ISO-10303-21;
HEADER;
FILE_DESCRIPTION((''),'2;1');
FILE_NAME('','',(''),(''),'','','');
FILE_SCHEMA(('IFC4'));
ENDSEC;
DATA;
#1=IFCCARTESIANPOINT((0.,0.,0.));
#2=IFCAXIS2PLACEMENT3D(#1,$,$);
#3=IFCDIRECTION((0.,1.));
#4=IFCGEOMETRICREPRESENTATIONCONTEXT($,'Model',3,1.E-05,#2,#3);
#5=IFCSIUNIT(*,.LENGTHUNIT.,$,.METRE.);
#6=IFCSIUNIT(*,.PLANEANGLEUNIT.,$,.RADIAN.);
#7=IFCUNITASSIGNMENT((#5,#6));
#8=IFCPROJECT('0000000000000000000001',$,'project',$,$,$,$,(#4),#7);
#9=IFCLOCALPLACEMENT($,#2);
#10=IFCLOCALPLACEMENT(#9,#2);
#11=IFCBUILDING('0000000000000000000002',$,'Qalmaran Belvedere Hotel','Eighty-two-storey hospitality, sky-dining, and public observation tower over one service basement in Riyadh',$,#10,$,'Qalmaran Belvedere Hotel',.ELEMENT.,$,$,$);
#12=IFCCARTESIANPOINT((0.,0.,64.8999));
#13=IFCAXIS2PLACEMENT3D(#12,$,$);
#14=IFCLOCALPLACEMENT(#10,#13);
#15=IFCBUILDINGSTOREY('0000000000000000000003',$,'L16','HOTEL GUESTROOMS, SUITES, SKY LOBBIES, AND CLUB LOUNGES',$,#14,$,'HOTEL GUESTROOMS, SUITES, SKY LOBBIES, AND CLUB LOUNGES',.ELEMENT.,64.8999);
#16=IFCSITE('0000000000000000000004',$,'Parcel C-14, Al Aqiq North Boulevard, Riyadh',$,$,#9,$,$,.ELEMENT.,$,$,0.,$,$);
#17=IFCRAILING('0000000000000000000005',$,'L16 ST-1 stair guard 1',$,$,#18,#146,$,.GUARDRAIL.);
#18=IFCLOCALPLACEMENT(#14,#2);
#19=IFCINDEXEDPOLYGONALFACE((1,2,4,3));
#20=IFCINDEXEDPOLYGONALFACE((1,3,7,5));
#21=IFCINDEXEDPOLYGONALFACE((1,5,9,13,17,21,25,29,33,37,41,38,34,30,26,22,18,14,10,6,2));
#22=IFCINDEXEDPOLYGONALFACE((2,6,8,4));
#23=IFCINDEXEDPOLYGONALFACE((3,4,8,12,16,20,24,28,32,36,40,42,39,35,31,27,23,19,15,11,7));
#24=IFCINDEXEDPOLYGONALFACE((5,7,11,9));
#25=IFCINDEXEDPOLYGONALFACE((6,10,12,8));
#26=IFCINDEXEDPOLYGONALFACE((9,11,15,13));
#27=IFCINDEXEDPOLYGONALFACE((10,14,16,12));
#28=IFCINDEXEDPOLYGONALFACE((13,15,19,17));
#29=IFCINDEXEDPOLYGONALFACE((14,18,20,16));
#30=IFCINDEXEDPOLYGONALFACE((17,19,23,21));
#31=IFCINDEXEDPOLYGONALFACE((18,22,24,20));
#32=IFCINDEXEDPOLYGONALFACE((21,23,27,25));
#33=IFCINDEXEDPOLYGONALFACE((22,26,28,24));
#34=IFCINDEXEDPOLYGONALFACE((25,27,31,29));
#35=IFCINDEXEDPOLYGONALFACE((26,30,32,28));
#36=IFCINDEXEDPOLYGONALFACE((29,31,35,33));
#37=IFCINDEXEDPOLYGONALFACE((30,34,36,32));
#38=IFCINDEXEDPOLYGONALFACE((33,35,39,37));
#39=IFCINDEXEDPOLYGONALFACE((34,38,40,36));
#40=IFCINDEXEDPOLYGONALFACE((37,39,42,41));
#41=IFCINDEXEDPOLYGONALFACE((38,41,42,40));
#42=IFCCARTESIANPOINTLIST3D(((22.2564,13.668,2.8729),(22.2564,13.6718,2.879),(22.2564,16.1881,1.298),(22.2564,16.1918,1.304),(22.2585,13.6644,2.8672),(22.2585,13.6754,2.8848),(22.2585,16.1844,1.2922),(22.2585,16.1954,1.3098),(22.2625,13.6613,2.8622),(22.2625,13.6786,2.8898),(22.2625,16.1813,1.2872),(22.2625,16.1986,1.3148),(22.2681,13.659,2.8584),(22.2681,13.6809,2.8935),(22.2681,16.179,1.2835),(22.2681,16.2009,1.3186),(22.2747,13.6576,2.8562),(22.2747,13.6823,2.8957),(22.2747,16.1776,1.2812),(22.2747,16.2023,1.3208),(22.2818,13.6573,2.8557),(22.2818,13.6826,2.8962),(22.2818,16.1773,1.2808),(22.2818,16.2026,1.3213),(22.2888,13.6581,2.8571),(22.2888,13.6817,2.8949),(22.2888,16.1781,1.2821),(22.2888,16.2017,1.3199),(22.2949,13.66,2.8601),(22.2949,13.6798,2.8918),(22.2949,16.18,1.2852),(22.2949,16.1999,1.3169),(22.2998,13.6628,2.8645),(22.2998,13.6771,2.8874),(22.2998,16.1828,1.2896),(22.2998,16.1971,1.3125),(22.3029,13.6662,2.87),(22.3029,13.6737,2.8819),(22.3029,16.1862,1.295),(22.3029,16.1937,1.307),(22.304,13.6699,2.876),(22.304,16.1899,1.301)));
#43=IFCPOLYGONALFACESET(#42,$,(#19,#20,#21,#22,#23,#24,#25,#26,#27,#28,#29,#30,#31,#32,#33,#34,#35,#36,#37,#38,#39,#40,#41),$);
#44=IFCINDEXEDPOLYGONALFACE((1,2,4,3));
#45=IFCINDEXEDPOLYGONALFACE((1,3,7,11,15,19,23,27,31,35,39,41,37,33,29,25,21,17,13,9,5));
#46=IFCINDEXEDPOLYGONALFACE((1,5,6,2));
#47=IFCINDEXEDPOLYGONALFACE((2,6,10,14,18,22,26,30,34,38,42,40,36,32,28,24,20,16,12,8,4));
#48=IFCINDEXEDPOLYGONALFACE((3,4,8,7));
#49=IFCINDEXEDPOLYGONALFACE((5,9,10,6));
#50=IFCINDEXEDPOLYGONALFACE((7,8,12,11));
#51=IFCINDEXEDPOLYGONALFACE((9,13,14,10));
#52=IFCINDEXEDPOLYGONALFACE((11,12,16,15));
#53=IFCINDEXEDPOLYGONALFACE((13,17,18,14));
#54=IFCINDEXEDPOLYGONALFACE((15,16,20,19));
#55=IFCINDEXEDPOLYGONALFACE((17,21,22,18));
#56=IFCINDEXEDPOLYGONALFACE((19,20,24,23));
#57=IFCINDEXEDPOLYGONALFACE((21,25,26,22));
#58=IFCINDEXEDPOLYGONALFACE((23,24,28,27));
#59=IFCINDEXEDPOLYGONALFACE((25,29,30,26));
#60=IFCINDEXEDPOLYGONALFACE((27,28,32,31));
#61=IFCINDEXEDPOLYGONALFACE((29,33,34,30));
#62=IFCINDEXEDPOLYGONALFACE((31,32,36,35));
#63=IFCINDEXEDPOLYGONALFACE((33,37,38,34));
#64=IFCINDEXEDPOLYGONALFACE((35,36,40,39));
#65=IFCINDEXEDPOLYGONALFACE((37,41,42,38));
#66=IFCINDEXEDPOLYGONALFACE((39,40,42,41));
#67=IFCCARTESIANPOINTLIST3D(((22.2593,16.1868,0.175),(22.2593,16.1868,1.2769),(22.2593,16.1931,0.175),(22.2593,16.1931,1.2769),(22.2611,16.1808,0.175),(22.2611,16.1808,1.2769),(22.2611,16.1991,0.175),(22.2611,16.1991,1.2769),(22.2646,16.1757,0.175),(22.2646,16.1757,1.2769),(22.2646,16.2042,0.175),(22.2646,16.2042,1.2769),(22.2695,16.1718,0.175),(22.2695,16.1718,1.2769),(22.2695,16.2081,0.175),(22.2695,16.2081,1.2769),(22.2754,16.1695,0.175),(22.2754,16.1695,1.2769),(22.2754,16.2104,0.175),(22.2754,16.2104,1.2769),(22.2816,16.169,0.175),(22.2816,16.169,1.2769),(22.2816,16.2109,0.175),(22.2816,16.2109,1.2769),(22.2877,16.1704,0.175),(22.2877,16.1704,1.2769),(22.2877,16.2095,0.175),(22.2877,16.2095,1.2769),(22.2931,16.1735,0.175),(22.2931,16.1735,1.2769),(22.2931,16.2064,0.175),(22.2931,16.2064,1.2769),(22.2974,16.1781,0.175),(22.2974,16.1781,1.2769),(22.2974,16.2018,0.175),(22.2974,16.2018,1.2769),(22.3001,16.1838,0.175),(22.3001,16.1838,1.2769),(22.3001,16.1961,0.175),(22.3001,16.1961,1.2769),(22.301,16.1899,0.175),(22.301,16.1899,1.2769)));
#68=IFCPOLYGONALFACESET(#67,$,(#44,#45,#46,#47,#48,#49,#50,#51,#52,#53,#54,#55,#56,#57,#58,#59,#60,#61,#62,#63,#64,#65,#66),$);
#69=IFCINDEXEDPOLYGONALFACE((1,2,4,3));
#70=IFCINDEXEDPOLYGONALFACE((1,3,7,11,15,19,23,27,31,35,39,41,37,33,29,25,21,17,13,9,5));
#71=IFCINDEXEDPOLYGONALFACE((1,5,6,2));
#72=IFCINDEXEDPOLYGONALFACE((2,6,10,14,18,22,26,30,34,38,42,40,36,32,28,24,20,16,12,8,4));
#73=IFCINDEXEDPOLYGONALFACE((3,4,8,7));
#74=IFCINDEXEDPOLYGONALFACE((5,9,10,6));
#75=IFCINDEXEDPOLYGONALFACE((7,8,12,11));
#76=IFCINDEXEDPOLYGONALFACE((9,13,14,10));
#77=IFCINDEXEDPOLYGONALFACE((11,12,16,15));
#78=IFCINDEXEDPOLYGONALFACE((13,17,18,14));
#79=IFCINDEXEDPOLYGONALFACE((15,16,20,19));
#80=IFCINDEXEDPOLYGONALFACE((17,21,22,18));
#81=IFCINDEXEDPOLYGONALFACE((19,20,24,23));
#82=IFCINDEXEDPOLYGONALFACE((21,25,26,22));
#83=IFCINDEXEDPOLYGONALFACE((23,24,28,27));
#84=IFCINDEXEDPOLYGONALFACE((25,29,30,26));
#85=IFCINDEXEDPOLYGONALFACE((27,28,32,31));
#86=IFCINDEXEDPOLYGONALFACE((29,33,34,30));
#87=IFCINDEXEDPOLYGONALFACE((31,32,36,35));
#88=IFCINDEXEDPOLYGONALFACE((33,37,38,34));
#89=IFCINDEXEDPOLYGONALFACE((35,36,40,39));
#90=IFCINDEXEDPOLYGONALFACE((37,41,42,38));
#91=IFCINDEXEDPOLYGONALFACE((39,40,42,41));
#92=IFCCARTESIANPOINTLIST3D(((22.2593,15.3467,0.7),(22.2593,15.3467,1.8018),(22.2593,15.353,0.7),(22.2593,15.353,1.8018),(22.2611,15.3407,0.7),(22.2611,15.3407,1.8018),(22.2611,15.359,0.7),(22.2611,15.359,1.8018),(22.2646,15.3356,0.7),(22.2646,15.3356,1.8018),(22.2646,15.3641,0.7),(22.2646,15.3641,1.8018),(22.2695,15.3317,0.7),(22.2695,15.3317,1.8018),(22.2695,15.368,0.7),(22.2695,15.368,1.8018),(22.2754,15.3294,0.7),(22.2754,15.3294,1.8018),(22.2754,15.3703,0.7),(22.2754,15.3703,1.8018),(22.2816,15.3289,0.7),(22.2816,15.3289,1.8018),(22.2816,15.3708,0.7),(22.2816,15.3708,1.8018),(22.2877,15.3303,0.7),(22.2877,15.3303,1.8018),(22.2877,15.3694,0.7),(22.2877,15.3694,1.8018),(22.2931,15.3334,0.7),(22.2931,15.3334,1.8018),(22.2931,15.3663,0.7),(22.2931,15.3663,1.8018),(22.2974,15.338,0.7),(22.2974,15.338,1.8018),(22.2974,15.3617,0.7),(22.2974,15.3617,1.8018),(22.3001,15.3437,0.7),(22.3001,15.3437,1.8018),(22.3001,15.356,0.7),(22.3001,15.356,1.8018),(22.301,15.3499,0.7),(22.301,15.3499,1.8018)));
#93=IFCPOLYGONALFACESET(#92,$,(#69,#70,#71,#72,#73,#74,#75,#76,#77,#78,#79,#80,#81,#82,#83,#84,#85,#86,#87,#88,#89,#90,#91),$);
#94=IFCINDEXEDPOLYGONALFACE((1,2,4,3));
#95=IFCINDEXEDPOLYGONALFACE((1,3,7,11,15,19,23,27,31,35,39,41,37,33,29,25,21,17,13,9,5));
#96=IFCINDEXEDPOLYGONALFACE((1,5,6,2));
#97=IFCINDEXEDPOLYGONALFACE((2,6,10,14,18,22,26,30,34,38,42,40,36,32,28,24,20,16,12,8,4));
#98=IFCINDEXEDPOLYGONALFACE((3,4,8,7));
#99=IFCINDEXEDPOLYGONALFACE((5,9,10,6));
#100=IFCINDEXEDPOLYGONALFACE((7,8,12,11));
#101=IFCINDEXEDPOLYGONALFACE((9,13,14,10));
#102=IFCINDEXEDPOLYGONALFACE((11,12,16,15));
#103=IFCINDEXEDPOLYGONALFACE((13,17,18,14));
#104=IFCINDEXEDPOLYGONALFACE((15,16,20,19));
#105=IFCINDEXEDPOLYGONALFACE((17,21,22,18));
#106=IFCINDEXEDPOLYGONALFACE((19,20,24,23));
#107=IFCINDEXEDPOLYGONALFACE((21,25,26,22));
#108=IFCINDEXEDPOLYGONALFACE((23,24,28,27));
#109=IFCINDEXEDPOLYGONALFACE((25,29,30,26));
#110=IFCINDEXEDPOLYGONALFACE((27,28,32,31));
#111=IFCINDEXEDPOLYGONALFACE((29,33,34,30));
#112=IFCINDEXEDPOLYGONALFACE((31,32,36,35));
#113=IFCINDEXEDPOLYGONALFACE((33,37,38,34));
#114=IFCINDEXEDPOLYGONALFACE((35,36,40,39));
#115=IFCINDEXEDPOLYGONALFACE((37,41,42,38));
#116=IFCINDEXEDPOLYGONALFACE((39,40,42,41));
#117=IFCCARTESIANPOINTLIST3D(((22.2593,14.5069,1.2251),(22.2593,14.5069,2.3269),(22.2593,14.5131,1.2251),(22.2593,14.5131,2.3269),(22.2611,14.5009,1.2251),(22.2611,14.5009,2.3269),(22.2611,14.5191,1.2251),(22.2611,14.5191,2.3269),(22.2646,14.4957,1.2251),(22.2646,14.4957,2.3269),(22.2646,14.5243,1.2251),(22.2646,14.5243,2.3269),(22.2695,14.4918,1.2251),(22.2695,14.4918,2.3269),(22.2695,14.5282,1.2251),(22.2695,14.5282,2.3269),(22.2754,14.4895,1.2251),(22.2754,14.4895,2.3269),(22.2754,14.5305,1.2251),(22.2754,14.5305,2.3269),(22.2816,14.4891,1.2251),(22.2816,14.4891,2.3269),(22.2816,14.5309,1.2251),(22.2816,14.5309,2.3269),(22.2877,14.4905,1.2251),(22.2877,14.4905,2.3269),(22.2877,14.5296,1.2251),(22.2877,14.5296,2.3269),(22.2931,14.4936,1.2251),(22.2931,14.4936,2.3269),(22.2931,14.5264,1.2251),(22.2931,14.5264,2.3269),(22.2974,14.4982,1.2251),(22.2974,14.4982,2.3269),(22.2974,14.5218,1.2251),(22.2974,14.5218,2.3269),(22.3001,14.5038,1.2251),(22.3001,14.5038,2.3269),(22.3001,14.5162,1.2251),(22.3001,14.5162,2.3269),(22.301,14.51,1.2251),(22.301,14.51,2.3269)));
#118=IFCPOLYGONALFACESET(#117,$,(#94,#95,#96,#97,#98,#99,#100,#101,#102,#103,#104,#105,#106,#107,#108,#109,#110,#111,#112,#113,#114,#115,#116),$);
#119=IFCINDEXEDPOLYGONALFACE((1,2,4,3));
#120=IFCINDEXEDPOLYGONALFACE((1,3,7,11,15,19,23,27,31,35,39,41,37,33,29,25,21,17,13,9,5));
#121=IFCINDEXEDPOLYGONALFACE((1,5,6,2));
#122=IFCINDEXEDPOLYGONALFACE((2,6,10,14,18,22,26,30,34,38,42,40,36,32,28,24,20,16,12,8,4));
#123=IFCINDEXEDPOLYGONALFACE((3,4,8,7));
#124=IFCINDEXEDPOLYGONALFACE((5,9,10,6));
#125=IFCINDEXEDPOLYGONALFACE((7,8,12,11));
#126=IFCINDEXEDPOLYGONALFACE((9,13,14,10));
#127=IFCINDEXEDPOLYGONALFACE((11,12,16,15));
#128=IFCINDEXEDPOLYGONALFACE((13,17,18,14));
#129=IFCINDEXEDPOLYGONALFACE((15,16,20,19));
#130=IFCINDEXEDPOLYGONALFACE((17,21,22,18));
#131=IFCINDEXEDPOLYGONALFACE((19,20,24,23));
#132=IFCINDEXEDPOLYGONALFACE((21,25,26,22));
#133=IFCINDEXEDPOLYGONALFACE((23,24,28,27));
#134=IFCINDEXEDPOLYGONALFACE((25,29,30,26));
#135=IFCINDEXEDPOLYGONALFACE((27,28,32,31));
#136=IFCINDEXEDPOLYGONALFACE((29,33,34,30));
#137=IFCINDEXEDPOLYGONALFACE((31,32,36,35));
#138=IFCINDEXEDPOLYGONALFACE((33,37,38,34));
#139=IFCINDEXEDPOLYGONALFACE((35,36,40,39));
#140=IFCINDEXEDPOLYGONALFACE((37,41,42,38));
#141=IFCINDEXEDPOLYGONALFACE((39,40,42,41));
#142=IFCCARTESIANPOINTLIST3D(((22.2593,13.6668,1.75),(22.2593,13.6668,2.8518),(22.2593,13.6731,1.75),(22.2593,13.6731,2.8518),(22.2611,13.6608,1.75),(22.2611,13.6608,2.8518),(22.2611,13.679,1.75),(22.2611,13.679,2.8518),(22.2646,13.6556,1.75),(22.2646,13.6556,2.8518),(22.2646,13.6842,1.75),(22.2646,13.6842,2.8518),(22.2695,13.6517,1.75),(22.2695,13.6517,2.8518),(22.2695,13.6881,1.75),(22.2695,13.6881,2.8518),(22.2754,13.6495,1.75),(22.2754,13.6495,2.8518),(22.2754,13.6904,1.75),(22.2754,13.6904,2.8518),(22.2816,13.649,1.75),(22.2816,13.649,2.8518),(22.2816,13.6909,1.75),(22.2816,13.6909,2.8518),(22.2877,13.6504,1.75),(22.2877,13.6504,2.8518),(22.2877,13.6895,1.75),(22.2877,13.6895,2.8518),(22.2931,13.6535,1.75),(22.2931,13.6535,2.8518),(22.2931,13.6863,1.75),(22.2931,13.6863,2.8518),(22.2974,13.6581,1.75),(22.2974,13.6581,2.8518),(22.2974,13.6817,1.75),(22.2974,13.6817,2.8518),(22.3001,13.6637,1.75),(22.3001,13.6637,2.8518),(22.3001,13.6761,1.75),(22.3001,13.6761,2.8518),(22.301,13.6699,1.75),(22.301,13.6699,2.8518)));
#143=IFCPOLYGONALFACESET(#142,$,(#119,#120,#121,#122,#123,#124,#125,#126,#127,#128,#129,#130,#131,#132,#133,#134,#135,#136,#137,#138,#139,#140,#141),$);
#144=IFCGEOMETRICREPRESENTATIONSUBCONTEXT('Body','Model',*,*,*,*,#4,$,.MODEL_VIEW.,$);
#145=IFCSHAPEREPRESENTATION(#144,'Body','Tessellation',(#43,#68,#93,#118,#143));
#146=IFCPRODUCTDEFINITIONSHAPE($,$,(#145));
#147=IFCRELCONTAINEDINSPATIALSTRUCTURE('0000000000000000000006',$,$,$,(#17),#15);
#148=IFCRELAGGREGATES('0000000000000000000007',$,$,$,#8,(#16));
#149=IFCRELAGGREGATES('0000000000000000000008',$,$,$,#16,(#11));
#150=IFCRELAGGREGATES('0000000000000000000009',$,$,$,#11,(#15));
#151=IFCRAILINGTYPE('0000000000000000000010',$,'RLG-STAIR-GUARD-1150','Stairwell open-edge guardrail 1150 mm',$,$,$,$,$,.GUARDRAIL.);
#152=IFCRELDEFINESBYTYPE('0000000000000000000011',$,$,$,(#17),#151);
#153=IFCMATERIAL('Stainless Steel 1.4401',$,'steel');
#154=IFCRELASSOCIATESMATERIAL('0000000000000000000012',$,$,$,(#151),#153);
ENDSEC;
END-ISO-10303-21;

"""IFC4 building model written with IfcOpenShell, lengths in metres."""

from ifc_helpers import new_model, si_unit, direction, frame, origin, origin_2d, place, context, subcontext, project, spatial, circle, extrude, material, type_object, element, save


model = new_model("IFC4")

# Units and contexts
model_context = context("Model", 3, precision=1e-05, world=origin(), true_north=direction((0.0, 1.0)))
body_context = subcontext(model_context, "Body", "Model", "MODEL_VIEW")
ifc_project = project(units=[si_unit("LENGTHUNIT", "METRE"), si_unit("PLANEANGLEUNIT", "RADIAN")], contexts=[model_context])

# Site, building, storey
site_placement = place(None, origin())
site = spatial("IfcSite", under=ifc_project, at=site_placement, Name="Parcel C-14, Al Aqiq North Boulevard, Riyadh", CompositionType="ELEMENT", RefElevation=0.0)
building_placement = place(site_placement, origin())
building = spatial("IfcBuilding", under=site, at=building_placement, Name="Qalmaran Belvedere Hotel", Description="Eighty-two-storey hospitality, sky-dining, and public observation tower over one service basement in Riyadh", LongName="Qalmaran Belvedere Hotel", CompositionType="ELEMENT")
storey_placement = place(building_placement, frame((0.0, 0.0, 64.8999)))
storey = spatial("IfcBuildingStorey", under=building, at=storey_placement, Name="L16", Description="HOTEL GUESTROOMS, SUITES, SKY LOBBIES, AND CLUB LOUNGES", LongName="HOTEL GUESTROOMS, SUITES, SKY LOBBIES, AND CLUB LOUNGES", CompositionType="ELEMENT", Elevation=64.8999)

# Railing
ifc_material_1 = material(Name="Stainless Steel 1.4401", Category="steel")
railing_type_1 = type_object("IfcRailingType", Name="RLG-STAIR-GUARD-1150", Description="Stairwell open-edge guardrail 1150 mm", PredefinedType="GUARDRAIL", material=ifc_material_1)
railing_1_placement = place(storey_placement, frame((22.28, 16.1899, 0.175)))
element("IfcRailing", 1, at=railing_1_placement, inside=storey, type_object=railing_type_1, Name="L16 ST-1 stair guard 1", PredefinedType="GUARDRAIL", context=body_context, shape_type="SweptSolid", body=[
    extrude(circle(Radius=0.0239, at=origin_2d()), frame((0.0, 0.0, 1.126), z_axis=(0.0, -0.848008, 0.529984), x_axis=(1.0, 0.0, 0.0)), (0.0, 0.0, 1.0), 2.9717),
    extrude(circle(Radius=0.021, at=origin_2d()), origin(), (0.0, 0.0, 1.0), 1.1018),
    extrude(circle(Radius=0.021, at=origin_2d()), frame((0.0, -0.8401, 0.5249)), (0.0, 0.0, 1.0), 1.1018),
    extrude(circle(Radius=0.021, at=origin_2d()), frame((0.0, -1.6799, 1.05)), (0.0, 0.0, 1.0), 1.1018),
    extrude(circle(Radius=0.021, at=origin_2d()), frame((0.0, -2.52, 1.575)), (0.0, 0.0, 1.0), 1.1018),
])

save(model, "model.ifc")
